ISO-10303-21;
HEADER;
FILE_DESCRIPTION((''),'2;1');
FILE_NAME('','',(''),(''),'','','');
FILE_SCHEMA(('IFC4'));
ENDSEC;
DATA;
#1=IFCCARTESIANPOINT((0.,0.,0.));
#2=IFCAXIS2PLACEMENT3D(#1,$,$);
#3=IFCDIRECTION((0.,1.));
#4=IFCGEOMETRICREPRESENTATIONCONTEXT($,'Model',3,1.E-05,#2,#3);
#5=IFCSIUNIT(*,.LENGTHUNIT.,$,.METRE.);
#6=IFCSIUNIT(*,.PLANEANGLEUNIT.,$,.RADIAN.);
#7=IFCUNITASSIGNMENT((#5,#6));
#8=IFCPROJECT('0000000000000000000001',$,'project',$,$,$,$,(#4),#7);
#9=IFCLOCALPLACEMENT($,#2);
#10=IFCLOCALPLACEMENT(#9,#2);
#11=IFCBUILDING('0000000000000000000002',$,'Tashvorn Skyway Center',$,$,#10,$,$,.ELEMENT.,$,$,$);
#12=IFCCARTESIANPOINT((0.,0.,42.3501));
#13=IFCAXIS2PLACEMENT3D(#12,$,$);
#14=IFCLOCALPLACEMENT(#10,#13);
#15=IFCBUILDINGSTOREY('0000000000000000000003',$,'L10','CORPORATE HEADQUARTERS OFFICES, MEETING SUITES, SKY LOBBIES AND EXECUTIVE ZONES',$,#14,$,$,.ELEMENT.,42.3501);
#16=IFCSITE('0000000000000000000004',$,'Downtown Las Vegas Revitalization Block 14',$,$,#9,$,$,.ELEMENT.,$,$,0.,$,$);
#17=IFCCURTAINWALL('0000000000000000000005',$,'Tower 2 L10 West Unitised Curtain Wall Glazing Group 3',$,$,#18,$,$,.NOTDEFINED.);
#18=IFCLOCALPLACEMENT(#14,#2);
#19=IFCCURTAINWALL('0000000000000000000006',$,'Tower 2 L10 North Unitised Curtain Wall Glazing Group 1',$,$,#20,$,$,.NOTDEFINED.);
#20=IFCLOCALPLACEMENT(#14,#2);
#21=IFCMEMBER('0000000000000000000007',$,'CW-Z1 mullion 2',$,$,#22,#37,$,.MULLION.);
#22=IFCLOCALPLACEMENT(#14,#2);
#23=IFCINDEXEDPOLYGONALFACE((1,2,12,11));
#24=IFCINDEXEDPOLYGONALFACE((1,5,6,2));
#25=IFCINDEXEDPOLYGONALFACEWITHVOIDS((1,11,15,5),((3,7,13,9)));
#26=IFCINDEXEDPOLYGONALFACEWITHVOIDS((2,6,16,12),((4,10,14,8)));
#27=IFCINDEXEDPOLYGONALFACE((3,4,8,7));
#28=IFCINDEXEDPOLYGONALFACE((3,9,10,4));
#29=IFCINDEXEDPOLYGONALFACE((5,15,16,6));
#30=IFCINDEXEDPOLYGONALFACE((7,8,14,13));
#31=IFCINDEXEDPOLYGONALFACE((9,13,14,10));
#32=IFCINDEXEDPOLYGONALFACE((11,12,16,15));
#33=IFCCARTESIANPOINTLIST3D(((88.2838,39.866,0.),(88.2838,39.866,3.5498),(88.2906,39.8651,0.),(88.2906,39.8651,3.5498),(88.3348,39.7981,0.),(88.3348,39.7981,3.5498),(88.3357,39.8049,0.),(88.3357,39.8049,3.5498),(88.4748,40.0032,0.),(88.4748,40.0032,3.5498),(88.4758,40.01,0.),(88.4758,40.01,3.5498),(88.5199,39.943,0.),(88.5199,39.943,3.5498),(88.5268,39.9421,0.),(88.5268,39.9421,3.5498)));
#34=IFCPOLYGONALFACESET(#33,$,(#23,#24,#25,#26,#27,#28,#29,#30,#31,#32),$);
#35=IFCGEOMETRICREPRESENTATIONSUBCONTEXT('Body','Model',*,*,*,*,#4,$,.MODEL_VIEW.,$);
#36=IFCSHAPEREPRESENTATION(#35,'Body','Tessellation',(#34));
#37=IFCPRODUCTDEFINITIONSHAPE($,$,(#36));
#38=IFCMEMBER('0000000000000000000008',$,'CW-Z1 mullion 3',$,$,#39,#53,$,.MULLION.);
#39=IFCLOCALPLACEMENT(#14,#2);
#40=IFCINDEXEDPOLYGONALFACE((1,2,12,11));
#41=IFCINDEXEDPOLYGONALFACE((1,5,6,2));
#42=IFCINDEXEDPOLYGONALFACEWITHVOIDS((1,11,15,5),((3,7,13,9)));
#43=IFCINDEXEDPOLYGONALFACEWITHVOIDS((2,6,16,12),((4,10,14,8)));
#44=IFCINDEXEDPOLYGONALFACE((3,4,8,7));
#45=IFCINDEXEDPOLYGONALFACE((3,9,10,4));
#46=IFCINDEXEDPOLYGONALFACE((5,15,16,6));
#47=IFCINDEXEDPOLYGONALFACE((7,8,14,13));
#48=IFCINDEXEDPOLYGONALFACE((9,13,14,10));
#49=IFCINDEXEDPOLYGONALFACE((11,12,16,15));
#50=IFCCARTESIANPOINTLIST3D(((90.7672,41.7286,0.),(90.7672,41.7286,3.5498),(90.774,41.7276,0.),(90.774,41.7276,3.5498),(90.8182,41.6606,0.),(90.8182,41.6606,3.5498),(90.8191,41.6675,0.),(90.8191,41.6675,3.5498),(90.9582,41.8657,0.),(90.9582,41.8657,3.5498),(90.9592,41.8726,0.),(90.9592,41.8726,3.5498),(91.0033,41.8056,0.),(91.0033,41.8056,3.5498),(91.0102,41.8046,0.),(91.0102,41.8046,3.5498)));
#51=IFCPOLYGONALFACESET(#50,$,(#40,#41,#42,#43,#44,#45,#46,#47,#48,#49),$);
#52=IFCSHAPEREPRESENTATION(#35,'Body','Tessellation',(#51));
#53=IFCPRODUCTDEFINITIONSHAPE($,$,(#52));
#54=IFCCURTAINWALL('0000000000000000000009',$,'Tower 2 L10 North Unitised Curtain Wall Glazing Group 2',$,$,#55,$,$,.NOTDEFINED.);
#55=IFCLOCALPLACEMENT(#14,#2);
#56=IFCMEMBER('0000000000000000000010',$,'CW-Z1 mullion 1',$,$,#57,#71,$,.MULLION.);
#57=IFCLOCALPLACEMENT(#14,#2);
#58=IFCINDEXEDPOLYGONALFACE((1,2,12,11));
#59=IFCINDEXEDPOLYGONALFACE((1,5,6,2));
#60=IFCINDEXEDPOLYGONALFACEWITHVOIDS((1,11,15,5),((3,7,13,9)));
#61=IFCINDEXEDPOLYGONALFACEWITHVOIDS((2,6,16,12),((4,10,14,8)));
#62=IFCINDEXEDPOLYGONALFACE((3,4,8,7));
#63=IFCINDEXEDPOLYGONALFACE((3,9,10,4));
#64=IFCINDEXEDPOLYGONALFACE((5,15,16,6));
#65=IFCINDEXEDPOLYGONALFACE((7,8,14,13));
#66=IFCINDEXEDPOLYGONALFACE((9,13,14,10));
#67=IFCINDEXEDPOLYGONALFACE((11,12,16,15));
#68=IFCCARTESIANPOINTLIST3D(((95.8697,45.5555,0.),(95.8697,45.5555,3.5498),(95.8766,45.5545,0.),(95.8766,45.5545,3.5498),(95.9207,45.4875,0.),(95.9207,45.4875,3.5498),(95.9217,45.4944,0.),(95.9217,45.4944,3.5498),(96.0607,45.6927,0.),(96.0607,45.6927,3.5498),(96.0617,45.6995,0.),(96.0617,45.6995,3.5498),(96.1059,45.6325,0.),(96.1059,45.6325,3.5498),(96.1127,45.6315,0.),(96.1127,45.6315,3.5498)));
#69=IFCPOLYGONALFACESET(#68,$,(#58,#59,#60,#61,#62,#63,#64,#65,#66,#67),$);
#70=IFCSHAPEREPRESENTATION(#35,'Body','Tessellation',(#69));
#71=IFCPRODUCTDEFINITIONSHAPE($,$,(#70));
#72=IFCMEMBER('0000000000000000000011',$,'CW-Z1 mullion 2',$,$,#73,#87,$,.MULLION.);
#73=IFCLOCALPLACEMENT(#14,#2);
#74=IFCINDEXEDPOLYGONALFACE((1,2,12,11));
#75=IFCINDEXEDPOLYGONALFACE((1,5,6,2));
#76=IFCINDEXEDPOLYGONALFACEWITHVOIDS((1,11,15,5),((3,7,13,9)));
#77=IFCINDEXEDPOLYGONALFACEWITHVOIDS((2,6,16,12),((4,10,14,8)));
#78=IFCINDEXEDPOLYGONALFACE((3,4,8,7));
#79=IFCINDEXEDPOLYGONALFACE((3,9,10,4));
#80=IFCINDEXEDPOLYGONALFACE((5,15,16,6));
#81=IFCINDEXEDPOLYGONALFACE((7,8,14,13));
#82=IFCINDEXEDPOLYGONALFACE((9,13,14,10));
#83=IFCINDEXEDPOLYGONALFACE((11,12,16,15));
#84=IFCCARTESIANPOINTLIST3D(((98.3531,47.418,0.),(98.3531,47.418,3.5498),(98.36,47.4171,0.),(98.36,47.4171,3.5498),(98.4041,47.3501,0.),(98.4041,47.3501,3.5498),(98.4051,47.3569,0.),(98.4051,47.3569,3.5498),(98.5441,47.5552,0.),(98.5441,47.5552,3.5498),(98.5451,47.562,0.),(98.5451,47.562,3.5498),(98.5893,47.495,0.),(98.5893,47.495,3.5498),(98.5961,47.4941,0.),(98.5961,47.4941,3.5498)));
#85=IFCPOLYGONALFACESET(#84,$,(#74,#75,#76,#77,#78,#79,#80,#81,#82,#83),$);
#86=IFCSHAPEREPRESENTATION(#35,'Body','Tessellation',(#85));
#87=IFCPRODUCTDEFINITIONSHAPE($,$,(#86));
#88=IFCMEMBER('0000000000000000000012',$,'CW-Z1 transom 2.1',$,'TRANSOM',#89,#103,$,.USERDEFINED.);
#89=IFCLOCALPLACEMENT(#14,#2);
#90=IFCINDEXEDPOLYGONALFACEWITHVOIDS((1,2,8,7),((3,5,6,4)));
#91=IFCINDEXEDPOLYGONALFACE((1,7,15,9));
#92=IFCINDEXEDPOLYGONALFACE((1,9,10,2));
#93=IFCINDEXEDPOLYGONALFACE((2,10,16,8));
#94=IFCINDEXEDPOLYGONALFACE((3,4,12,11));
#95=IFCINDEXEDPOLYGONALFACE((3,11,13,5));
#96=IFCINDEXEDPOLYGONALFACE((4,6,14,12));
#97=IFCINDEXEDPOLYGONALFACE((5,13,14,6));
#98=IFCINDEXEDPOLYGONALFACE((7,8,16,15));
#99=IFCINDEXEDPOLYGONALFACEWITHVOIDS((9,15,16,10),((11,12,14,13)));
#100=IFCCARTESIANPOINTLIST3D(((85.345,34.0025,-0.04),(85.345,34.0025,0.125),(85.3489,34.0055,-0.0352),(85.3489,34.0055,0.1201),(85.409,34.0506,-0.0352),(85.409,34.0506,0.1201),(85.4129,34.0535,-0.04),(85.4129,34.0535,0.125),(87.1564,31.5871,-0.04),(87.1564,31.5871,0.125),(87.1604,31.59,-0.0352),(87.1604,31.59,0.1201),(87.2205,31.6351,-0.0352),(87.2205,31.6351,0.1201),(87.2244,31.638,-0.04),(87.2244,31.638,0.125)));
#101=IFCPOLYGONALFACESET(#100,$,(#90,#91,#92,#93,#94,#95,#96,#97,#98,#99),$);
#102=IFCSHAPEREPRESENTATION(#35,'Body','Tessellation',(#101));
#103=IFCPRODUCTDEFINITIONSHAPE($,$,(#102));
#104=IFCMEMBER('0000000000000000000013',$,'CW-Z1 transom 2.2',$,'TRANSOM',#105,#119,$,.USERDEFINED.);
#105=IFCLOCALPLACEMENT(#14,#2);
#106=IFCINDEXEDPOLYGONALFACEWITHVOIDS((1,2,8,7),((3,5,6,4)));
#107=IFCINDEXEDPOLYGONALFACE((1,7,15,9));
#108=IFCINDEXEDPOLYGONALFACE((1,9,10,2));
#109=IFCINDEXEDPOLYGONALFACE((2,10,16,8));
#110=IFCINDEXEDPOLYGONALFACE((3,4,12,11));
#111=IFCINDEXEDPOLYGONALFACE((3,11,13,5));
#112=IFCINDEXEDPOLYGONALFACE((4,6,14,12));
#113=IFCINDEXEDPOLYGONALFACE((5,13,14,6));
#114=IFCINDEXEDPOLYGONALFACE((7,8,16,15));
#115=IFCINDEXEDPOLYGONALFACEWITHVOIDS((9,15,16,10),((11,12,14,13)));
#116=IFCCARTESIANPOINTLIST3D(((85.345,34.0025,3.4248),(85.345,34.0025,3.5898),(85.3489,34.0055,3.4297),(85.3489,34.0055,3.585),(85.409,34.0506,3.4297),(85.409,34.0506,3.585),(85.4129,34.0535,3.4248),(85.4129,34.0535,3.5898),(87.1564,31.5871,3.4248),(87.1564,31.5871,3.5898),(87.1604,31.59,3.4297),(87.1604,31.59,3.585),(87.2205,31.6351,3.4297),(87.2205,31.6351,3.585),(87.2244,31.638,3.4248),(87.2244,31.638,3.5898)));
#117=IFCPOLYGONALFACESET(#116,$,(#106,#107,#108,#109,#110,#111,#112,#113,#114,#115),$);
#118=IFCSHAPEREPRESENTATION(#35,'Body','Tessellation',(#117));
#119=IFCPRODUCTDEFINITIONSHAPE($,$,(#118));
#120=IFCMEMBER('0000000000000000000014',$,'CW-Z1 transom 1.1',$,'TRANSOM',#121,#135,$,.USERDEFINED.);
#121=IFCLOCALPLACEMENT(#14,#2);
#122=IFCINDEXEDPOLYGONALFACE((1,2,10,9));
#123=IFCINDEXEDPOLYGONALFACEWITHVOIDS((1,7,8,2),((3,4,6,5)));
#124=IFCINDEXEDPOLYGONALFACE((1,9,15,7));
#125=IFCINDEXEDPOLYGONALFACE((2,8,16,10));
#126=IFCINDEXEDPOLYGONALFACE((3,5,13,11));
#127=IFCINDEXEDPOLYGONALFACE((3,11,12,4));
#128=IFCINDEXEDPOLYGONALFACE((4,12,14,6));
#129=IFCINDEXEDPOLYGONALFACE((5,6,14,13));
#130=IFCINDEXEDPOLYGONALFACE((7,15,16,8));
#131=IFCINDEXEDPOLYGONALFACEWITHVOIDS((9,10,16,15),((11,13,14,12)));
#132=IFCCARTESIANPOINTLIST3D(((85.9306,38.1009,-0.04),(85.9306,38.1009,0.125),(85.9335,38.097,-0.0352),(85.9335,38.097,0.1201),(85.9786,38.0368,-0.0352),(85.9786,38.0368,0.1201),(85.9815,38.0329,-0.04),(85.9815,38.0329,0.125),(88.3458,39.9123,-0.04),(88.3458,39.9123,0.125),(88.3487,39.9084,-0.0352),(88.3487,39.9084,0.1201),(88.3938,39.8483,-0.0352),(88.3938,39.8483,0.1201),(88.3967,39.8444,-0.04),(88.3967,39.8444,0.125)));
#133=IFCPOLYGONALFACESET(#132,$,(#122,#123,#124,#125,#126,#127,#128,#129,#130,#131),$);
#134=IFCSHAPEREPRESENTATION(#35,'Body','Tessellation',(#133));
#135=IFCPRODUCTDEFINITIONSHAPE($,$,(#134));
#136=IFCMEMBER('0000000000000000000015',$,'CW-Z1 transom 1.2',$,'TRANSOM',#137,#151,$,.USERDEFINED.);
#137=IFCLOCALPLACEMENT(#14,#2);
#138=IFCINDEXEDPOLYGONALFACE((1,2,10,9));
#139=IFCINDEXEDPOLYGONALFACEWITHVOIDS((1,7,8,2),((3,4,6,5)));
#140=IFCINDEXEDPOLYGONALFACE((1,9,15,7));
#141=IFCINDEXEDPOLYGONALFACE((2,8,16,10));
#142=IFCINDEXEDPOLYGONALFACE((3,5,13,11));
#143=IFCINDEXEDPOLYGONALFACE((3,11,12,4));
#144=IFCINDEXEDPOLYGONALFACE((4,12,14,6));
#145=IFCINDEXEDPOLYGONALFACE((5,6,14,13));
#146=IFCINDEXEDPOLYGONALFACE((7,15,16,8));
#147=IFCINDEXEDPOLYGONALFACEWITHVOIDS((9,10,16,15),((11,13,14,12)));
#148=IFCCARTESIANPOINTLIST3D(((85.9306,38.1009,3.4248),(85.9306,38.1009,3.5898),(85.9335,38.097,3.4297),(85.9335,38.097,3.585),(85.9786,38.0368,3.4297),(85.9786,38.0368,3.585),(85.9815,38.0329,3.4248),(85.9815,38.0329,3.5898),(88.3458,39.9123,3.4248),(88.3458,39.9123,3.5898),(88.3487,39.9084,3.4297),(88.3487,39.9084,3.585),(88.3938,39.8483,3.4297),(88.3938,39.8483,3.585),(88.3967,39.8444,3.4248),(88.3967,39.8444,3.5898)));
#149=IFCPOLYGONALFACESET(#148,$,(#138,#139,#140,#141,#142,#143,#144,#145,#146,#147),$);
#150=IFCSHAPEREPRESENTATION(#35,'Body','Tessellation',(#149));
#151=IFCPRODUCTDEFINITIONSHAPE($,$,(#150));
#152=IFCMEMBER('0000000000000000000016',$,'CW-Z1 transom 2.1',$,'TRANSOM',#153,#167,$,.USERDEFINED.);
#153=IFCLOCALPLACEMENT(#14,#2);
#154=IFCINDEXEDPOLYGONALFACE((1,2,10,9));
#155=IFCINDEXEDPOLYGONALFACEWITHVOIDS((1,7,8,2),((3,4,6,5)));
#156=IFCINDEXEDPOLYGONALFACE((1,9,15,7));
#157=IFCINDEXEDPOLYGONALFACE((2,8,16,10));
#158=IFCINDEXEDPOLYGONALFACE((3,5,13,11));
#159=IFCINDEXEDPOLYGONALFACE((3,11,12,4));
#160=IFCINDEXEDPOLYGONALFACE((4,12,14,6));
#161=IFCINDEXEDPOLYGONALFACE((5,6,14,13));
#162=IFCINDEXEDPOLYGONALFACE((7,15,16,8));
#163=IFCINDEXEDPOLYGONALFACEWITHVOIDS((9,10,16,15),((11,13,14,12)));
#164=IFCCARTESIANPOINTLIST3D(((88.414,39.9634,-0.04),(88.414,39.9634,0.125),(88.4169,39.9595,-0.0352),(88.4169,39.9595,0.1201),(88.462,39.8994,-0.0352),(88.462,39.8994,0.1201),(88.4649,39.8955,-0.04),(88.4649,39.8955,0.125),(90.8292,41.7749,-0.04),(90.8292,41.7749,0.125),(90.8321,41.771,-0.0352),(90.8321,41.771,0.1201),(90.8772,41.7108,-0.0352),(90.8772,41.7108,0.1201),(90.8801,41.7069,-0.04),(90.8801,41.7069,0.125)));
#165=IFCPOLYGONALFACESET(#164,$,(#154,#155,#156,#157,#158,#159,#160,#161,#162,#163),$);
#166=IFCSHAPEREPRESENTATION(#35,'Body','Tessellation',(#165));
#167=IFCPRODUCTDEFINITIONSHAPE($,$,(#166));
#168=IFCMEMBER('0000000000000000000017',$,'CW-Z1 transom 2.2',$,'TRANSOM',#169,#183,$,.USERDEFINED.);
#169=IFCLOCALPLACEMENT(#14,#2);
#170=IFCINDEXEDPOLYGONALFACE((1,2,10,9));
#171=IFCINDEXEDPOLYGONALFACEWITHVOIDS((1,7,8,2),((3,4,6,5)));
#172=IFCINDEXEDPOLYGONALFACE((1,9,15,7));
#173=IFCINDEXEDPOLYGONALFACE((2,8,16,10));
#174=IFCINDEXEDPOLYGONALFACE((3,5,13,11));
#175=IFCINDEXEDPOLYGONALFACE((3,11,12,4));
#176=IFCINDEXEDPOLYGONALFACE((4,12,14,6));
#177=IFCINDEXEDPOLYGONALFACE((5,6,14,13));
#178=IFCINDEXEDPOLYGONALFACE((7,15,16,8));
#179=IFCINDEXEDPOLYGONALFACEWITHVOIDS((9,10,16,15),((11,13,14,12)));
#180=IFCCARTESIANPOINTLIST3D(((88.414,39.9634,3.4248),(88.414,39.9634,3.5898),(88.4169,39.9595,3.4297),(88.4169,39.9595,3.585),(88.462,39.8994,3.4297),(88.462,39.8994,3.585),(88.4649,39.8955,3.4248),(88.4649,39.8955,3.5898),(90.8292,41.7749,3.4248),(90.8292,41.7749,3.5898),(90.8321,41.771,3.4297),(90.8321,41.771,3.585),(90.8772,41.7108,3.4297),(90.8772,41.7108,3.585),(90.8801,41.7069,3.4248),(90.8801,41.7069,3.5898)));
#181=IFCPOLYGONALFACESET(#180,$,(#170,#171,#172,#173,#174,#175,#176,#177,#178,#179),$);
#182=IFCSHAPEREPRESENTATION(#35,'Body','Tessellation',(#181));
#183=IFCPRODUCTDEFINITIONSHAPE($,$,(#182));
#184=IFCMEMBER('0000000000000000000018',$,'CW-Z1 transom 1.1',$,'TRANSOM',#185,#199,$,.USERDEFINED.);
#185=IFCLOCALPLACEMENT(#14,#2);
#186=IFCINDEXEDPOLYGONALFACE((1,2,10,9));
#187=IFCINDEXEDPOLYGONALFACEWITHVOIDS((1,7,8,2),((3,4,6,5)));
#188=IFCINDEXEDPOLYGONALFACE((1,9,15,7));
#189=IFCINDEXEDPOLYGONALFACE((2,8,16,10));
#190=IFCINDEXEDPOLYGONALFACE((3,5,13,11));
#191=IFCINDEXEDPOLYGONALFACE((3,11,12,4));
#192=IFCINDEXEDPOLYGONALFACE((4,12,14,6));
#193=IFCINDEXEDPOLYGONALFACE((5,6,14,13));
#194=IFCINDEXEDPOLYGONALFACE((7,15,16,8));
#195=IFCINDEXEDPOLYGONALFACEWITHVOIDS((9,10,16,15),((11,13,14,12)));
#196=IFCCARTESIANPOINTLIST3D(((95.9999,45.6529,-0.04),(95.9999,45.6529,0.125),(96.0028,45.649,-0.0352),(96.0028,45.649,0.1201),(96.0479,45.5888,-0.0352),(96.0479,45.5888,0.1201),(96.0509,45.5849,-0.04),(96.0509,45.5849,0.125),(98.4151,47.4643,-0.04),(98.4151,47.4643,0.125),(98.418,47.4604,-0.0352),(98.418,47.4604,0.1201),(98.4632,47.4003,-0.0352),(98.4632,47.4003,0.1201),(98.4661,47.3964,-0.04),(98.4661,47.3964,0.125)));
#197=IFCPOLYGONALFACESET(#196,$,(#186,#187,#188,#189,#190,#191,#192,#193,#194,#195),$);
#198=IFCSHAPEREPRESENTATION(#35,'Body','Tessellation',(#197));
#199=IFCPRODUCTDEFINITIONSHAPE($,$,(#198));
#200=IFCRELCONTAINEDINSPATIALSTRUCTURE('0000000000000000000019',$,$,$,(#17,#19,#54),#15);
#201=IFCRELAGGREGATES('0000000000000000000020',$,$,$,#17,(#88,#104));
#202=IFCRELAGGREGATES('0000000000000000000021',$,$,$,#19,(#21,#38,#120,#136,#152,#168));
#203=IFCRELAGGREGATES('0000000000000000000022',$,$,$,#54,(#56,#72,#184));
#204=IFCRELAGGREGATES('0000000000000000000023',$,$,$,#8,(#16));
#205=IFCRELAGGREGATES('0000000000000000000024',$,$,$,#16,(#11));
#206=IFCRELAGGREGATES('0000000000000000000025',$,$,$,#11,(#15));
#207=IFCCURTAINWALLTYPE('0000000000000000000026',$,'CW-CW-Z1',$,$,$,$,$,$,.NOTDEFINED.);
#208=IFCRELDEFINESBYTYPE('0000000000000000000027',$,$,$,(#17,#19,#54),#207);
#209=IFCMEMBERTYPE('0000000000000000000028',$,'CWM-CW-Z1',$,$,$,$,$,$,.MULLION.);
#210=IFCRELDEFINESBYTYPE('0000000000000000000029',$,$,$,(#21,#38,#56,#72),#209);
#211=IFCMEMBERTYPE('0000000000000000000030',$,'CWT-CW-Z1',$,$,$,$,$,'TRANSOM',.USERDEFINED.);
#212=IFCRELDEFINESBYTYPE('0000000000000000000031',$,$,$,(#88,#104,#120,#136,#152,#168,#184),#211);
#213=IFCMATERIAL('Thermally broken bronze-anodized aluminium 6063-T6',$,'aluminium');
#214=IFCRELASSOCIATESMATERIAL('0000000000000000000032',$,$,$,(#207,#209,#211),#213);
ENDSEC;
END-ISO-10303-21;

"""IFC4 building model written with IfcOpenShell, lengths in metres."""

from ifc_helpers import new_model, si_unit, direction, frame, origin, origin_2d, place, context, subcontext, project, spatial, hollow_rectangle, extrude, material, material_profile, profile_set, type_object, element, aggregate, save


model = new_model("IFC4")

# Units and contexts
model_context = context("Model", 3, precision=1e-05, world=origin(), true_north=direction((0.0, 1.0)))
body_context = subcontext(model_context, "Body", "Model", "MODEL_VIEW")
ifc_project = project(units=[si_unit("LENGTHUNIT", "METRE"), si_unit("PLANEANGLEUNIT", "RADIAN")], contexts=[model_context])

# Site, building, storey
site_placement = place(None, origin())
site = spatial("IfcSite", under=ifc_project, at=site_placement, Name="Downtown Las Vegas Revitalization Block 14", CompositionType="ELEMENT", RefElevation=0.0)
building_placement = place(site_placement, origin())
building = spatial("IfcBuilding", under=site, at=building_placement, Name="Tashvorn Skyway Center", CompositionType="ELEMENT")
storey_placement = place(building_placement, frame((0.0, 0.0, 42.3501)))
storey = spatial("IfcBuildingStorey", under=building, at=storey_placement, Name="L10", Description="CORPORATE HEADQUARTERS OFFICES, MEETING SUITES, SKY LOBBIES AND EXECUTIVE ZONES", CompositionType="ELEMENT", Elevation=42.3501)

# Curtain walls, members
ifc_material_1 = material(Name="Thermally broken bronze-anodized aluminium 6063-T6", Category="aluminium")
curtain_wall_type = type_object("IfcCurtainWallType", Name="CW-CW-Z1", PredefinedType="NOTDEFINED", material=ifc_material_1)
curtain_wall_1_placement = place(storey_placement, origin())
curtain_wall_1 = element("IfcCurtainWall", 1, at=curtain_wall_1_placement, inside=storey, type_object=curtain_wall_type, Name="Tower 2 L10 West Unitised Curtain Wall Glazing Group 3", PredefinedType="NOTDEFINED")
ifc_material_profile_1 = material_profile(ifc_material_1, hollow_rectangle(XDim=0.085, YDim=0.24, WallThickness=0.0049, at=origin_2d()), Name="ALU-MULL-85x240")
ifc_profile_set_1 = profile_set([ifc_material_profile_1], Name="Thermally broken bronze-anodized aluminium 6063-T6")
member_type_1 = type_object("IfcMemberType", Name="CWM-CW-Z1", PredefinedType="MULLION", material=ifc_profile_set_1)
curtain_wall_2_placement = place(storey_placement, origin())
curtain_wall_2 = element("IfcCurtainWall", 2, at=curtain_wall_2_placement, inside=storey, type_object=curtain_wall_type, Name="Tower 2 L10 North Unitised Curtain Wall Glazing Group 1", PredefinedType="NOTDEFINED")
member_1_placement = place(storey_placement, frame((88.4053, 39.9041, 0.0), z_axis=(0.0, 0.0, 1.0), x_axis=(-0.599997, 0.800002, 0.0)))
member_1 = element("IfcMember", 3, at=member_1_placement, type_object=member_type_1, Name="CW-Z1 mullion 2", PredefinedType="MULLION", context=body_context, shape_type="SweptSolid", body=[
    extrude(hollow_rectangle(XDim=0.085, YDim=0.24, WallThickness=0.0049, at=origin_2d()), origin(), (0.0, 0.0, 1.0), 3.5498),
])
member_2_placement = place(storey_placement, frame((90.8887, 41.7666, 0.0), z_axis=(0.0, 0.0, 1.0), x_axis=(-0.599997, 0.800002, 0.0)))
member_2 = element("IfcMember", 4, at=member_2_placement, type_object=member_type_1, Name="CW-Z1 mullion 3", PredefinedType="MULLION", context=body_context, shape_type="SweptSolid", body=[
    extrude(hollow_rectangle(XDim=0.085, YDim=0.24, WallThickness=0.0049, at=origin_2d()), origin(), (0.0, 0.0, 1.0), 3.5498),
])
curtain_wall_3_placement = place(storey_placement, origin())
curtain_wall_3 = element("IfcCurtainWall", 5, at=curtain_wall_3_placement, inside=storey, type_object=curtain_wall_type, Name="Tower 2 L10 North Unitised Curtain Wall Glazing Group 2", PredefinedType="NOTDEFINED")
member_3_placement = place(storey_placement, frame((95.9912, 45.5935, 0.0), z_axis=(0.0, 0.0, 1.0), x_axis=(-0.599997, 0.800002, 0.0)))
member_3 = element("IfcMember", 6, at=member_3_placement, type_object=member_type_1, Name="CW-Z1 mullion 1", PredefinedType="MULLION", context=body_context, shape_type="SweptSolid", body=[
    extrude(hollow_rectangle(XDim=0.085, YDim=0.24, WallThickness=0.0049, at=origin_2d()), origin(), (0.0, 0.0, 1.0), 3.5498),
])
member_4_placement = place(storey_placement, frame((98.4746, 47.4561, 0.0), z_axis=(0.0, 0.0, 1.0), x_axis=(-0.599997, 0.800002, 0.0)))
member_4 = element("IfcMember", 7, at=member_4_placement, type_object=member_type_1, Name="CW-Z1 mullion 2", PredefinedType="MULLION", context=body_context, shape_type="SweptSolid", body=[
    extrude(hollow_rectangle(XDim=0.085, YDim=0.24, WallThickness=0.0049, at=origin_2d()), origin(), (0.0, 0.0, 1.0), 3.5498),
])

# Members
ifc_material_profile_2 = material_profile(ifc_material_1, hollow_rectangle(XDim=0.085, YDim=0.165, WallThickness=0.0049, at=origin_2d()), Name="ALU-TRAN-85x165")
ifc_profile_set_2 = profile_set([ifc_material_profile_2], Name="Thermally broken bronze-anodized aluminium 6063-T6")
member_type_2 = type_object("IfcMemberType", Name="CWT-CW-Z1", ElementType="TRANSOM", PredefinedType="USERDEFINED", material=ifc_profile_set_2)
member_5_placement = place(storey_placement, frame((87.1904, 31.6125, 0.0425), z_axis=(-0.599974, 0.800019, 0.0), x_axis=(-0.800019, -0.599974, 0.0)))
member_5 = element("IfcMember", 8, at=member_5_placement, type_object=member_type_2, Name="CW-Z1 transom 2.1", ObjectType="TRANSOM", PredefinedType="USERDEFINED", context=body_context, shape_type="SweptSolid", body=[
    extrude(hollow_rectangle(XDim=0.085, YDim=0.165, WallThickness=0.0049, at=origin_2d()), origin(), (0.0, 0.0, 1.0), 3.0193),
])
member_6_placement = place(storey_placement, frame((87.1904, 31.6125, 3.5073), z_axis=(-0.599974, 0.800019, 0.0), x_axis=(-0.800019, -0.599974, 0.0)))
member_6 = element("IfcMember", 9, at=member_6_placement, type_object=member_type_2, Name="CW-Z1 transom 2.2", ObjectType="TRANSOM", PredefinedType="USERDEFINED", context=body_context, shape_type="SweptSolid", body=[
    extrude(hollow_rectangle(XDim=0.085, YDim=0.165, WallThickness=0.0049, at=origin_2d()), origin(), (0.0, 0.0, 1.0), 3.0193),
])
member_7_placement = place(storey_placement, frame((85.9561, 38.0669, 0.0425), z_axis=(0.79999, 0.600013, 0.0), x_axis=(-0.600013, 0.79999, 0.0)))
member_7 = element("IfcMember", 10, at=member_7_placement, type_object=member_type_2, Name="CW-Z1 transom 1.1", ObjectType="TRANSOM", PredefinedType="USERDEFINED", context=body_context, shape_type="SweptSolid", body=[
    extrude(hollow_rectangle(XDim=0.085, YDim=0.165, WallThickness=0.0049, at=origin_2d()), origin(), (0.0, 0.0, 1.0), 3.019),
])
member_8_placement = place(storey_placement, frame((85.9561, 38.0669, 3.5073), z_axis=(0.79999, 0.600013, 0.0), x_axis=(-0.600013, 0.79999, 0.0)))
member_8 = element("IfcMember", 11, at=member_8_placement, type_object=member_type_2, Name="CW-Z1 transom 1.2", ObjectType="TRANSOM", PredefinedType="USERDEFINED", context=body_context, shape_type="SweptSolid", body=[
    extrude(hollow_rectangle(XDim=0.085, YDim=0.165, WallThickness=0.0049, at=origin_2d()), origin(), (0.0, 0.0, 1.0), 3.019),
])
member_9_placement = place(storey_placement, frame((88.4395, 39.9294, 0.0425), z_axis=(0.79999, 0.600013, 0.0), x_axis=(-0.600013, 0.79999, 0.0)))
member_9 = element("IfcMember", 12, at=member_9_placement, type_object=member_type_2, Name="CW-Z1 transom 2.1", ObjectType="TRANSOM", PredefinedType="USERDEFINED", context=body_context, shape_type="SweptSolid", body=[
    extrude(hollow_rectangle(XDim=0.085, YDim=0.165, WallThickness=0.0049, at=origin_2d()), origin(), (0.0, 0.0, 1.0), 3.019),
])
member_10_placement = place(storey_placement, frame((88.4395, 39.9294, 3.5073), z_axis=(0.79999, 0.600013, 0.0), x_axis=(-0.600013, 0.79999, 0.0)))
member_10 = element("IfcMember", 13, at=member_10_placement, type_object=member_type_2, Name="CW-Z1 transom 2.2", ObjectType="TRANSOM", PredefinedType="USERDEFINED", context=body_context, shape_type="SweptSolid", body=[
    extrude(hollow_rectangle(XDim=0.085, YDim=0.165, WallThickness=0.0049, at=origin_2d()), origin(), (0.0, 0.0, 1.0), 3.019),
])
member_11_placement = place(storey_placement, frame((96.0254, 45.6189, 0.0425), z_axis=(0.79999, 0.600013, 0.0), x_axis=(-0.600013, 0.79999, 0.0)))
member_11 = element("IfcMember", 14, at=member_11_placement, type_object=member_type_2, Name="CW-Z1 transom 1.1", ObjectType="TRANSOM", PredefinedType="USERDEFINED", context=body_context, shape_type="SweptSolid", body=[
    extrude(hollow_rectangle(XDim=0.085, YDim=0.165, WallThickness=0.0049, at=origin_2d()), origin(), (0.0, 0.0, 1.0), 3.019),
])

aggregate(curtain_wall_1, [member_5, member_6])
aggregate(curtain_wall_2, [member_1, member_2, member_7, member_8, member_9, member_10])
aggregate(curtain_wall_3, [member_3, member_4, member_11])

save(model, "model.ifc")
